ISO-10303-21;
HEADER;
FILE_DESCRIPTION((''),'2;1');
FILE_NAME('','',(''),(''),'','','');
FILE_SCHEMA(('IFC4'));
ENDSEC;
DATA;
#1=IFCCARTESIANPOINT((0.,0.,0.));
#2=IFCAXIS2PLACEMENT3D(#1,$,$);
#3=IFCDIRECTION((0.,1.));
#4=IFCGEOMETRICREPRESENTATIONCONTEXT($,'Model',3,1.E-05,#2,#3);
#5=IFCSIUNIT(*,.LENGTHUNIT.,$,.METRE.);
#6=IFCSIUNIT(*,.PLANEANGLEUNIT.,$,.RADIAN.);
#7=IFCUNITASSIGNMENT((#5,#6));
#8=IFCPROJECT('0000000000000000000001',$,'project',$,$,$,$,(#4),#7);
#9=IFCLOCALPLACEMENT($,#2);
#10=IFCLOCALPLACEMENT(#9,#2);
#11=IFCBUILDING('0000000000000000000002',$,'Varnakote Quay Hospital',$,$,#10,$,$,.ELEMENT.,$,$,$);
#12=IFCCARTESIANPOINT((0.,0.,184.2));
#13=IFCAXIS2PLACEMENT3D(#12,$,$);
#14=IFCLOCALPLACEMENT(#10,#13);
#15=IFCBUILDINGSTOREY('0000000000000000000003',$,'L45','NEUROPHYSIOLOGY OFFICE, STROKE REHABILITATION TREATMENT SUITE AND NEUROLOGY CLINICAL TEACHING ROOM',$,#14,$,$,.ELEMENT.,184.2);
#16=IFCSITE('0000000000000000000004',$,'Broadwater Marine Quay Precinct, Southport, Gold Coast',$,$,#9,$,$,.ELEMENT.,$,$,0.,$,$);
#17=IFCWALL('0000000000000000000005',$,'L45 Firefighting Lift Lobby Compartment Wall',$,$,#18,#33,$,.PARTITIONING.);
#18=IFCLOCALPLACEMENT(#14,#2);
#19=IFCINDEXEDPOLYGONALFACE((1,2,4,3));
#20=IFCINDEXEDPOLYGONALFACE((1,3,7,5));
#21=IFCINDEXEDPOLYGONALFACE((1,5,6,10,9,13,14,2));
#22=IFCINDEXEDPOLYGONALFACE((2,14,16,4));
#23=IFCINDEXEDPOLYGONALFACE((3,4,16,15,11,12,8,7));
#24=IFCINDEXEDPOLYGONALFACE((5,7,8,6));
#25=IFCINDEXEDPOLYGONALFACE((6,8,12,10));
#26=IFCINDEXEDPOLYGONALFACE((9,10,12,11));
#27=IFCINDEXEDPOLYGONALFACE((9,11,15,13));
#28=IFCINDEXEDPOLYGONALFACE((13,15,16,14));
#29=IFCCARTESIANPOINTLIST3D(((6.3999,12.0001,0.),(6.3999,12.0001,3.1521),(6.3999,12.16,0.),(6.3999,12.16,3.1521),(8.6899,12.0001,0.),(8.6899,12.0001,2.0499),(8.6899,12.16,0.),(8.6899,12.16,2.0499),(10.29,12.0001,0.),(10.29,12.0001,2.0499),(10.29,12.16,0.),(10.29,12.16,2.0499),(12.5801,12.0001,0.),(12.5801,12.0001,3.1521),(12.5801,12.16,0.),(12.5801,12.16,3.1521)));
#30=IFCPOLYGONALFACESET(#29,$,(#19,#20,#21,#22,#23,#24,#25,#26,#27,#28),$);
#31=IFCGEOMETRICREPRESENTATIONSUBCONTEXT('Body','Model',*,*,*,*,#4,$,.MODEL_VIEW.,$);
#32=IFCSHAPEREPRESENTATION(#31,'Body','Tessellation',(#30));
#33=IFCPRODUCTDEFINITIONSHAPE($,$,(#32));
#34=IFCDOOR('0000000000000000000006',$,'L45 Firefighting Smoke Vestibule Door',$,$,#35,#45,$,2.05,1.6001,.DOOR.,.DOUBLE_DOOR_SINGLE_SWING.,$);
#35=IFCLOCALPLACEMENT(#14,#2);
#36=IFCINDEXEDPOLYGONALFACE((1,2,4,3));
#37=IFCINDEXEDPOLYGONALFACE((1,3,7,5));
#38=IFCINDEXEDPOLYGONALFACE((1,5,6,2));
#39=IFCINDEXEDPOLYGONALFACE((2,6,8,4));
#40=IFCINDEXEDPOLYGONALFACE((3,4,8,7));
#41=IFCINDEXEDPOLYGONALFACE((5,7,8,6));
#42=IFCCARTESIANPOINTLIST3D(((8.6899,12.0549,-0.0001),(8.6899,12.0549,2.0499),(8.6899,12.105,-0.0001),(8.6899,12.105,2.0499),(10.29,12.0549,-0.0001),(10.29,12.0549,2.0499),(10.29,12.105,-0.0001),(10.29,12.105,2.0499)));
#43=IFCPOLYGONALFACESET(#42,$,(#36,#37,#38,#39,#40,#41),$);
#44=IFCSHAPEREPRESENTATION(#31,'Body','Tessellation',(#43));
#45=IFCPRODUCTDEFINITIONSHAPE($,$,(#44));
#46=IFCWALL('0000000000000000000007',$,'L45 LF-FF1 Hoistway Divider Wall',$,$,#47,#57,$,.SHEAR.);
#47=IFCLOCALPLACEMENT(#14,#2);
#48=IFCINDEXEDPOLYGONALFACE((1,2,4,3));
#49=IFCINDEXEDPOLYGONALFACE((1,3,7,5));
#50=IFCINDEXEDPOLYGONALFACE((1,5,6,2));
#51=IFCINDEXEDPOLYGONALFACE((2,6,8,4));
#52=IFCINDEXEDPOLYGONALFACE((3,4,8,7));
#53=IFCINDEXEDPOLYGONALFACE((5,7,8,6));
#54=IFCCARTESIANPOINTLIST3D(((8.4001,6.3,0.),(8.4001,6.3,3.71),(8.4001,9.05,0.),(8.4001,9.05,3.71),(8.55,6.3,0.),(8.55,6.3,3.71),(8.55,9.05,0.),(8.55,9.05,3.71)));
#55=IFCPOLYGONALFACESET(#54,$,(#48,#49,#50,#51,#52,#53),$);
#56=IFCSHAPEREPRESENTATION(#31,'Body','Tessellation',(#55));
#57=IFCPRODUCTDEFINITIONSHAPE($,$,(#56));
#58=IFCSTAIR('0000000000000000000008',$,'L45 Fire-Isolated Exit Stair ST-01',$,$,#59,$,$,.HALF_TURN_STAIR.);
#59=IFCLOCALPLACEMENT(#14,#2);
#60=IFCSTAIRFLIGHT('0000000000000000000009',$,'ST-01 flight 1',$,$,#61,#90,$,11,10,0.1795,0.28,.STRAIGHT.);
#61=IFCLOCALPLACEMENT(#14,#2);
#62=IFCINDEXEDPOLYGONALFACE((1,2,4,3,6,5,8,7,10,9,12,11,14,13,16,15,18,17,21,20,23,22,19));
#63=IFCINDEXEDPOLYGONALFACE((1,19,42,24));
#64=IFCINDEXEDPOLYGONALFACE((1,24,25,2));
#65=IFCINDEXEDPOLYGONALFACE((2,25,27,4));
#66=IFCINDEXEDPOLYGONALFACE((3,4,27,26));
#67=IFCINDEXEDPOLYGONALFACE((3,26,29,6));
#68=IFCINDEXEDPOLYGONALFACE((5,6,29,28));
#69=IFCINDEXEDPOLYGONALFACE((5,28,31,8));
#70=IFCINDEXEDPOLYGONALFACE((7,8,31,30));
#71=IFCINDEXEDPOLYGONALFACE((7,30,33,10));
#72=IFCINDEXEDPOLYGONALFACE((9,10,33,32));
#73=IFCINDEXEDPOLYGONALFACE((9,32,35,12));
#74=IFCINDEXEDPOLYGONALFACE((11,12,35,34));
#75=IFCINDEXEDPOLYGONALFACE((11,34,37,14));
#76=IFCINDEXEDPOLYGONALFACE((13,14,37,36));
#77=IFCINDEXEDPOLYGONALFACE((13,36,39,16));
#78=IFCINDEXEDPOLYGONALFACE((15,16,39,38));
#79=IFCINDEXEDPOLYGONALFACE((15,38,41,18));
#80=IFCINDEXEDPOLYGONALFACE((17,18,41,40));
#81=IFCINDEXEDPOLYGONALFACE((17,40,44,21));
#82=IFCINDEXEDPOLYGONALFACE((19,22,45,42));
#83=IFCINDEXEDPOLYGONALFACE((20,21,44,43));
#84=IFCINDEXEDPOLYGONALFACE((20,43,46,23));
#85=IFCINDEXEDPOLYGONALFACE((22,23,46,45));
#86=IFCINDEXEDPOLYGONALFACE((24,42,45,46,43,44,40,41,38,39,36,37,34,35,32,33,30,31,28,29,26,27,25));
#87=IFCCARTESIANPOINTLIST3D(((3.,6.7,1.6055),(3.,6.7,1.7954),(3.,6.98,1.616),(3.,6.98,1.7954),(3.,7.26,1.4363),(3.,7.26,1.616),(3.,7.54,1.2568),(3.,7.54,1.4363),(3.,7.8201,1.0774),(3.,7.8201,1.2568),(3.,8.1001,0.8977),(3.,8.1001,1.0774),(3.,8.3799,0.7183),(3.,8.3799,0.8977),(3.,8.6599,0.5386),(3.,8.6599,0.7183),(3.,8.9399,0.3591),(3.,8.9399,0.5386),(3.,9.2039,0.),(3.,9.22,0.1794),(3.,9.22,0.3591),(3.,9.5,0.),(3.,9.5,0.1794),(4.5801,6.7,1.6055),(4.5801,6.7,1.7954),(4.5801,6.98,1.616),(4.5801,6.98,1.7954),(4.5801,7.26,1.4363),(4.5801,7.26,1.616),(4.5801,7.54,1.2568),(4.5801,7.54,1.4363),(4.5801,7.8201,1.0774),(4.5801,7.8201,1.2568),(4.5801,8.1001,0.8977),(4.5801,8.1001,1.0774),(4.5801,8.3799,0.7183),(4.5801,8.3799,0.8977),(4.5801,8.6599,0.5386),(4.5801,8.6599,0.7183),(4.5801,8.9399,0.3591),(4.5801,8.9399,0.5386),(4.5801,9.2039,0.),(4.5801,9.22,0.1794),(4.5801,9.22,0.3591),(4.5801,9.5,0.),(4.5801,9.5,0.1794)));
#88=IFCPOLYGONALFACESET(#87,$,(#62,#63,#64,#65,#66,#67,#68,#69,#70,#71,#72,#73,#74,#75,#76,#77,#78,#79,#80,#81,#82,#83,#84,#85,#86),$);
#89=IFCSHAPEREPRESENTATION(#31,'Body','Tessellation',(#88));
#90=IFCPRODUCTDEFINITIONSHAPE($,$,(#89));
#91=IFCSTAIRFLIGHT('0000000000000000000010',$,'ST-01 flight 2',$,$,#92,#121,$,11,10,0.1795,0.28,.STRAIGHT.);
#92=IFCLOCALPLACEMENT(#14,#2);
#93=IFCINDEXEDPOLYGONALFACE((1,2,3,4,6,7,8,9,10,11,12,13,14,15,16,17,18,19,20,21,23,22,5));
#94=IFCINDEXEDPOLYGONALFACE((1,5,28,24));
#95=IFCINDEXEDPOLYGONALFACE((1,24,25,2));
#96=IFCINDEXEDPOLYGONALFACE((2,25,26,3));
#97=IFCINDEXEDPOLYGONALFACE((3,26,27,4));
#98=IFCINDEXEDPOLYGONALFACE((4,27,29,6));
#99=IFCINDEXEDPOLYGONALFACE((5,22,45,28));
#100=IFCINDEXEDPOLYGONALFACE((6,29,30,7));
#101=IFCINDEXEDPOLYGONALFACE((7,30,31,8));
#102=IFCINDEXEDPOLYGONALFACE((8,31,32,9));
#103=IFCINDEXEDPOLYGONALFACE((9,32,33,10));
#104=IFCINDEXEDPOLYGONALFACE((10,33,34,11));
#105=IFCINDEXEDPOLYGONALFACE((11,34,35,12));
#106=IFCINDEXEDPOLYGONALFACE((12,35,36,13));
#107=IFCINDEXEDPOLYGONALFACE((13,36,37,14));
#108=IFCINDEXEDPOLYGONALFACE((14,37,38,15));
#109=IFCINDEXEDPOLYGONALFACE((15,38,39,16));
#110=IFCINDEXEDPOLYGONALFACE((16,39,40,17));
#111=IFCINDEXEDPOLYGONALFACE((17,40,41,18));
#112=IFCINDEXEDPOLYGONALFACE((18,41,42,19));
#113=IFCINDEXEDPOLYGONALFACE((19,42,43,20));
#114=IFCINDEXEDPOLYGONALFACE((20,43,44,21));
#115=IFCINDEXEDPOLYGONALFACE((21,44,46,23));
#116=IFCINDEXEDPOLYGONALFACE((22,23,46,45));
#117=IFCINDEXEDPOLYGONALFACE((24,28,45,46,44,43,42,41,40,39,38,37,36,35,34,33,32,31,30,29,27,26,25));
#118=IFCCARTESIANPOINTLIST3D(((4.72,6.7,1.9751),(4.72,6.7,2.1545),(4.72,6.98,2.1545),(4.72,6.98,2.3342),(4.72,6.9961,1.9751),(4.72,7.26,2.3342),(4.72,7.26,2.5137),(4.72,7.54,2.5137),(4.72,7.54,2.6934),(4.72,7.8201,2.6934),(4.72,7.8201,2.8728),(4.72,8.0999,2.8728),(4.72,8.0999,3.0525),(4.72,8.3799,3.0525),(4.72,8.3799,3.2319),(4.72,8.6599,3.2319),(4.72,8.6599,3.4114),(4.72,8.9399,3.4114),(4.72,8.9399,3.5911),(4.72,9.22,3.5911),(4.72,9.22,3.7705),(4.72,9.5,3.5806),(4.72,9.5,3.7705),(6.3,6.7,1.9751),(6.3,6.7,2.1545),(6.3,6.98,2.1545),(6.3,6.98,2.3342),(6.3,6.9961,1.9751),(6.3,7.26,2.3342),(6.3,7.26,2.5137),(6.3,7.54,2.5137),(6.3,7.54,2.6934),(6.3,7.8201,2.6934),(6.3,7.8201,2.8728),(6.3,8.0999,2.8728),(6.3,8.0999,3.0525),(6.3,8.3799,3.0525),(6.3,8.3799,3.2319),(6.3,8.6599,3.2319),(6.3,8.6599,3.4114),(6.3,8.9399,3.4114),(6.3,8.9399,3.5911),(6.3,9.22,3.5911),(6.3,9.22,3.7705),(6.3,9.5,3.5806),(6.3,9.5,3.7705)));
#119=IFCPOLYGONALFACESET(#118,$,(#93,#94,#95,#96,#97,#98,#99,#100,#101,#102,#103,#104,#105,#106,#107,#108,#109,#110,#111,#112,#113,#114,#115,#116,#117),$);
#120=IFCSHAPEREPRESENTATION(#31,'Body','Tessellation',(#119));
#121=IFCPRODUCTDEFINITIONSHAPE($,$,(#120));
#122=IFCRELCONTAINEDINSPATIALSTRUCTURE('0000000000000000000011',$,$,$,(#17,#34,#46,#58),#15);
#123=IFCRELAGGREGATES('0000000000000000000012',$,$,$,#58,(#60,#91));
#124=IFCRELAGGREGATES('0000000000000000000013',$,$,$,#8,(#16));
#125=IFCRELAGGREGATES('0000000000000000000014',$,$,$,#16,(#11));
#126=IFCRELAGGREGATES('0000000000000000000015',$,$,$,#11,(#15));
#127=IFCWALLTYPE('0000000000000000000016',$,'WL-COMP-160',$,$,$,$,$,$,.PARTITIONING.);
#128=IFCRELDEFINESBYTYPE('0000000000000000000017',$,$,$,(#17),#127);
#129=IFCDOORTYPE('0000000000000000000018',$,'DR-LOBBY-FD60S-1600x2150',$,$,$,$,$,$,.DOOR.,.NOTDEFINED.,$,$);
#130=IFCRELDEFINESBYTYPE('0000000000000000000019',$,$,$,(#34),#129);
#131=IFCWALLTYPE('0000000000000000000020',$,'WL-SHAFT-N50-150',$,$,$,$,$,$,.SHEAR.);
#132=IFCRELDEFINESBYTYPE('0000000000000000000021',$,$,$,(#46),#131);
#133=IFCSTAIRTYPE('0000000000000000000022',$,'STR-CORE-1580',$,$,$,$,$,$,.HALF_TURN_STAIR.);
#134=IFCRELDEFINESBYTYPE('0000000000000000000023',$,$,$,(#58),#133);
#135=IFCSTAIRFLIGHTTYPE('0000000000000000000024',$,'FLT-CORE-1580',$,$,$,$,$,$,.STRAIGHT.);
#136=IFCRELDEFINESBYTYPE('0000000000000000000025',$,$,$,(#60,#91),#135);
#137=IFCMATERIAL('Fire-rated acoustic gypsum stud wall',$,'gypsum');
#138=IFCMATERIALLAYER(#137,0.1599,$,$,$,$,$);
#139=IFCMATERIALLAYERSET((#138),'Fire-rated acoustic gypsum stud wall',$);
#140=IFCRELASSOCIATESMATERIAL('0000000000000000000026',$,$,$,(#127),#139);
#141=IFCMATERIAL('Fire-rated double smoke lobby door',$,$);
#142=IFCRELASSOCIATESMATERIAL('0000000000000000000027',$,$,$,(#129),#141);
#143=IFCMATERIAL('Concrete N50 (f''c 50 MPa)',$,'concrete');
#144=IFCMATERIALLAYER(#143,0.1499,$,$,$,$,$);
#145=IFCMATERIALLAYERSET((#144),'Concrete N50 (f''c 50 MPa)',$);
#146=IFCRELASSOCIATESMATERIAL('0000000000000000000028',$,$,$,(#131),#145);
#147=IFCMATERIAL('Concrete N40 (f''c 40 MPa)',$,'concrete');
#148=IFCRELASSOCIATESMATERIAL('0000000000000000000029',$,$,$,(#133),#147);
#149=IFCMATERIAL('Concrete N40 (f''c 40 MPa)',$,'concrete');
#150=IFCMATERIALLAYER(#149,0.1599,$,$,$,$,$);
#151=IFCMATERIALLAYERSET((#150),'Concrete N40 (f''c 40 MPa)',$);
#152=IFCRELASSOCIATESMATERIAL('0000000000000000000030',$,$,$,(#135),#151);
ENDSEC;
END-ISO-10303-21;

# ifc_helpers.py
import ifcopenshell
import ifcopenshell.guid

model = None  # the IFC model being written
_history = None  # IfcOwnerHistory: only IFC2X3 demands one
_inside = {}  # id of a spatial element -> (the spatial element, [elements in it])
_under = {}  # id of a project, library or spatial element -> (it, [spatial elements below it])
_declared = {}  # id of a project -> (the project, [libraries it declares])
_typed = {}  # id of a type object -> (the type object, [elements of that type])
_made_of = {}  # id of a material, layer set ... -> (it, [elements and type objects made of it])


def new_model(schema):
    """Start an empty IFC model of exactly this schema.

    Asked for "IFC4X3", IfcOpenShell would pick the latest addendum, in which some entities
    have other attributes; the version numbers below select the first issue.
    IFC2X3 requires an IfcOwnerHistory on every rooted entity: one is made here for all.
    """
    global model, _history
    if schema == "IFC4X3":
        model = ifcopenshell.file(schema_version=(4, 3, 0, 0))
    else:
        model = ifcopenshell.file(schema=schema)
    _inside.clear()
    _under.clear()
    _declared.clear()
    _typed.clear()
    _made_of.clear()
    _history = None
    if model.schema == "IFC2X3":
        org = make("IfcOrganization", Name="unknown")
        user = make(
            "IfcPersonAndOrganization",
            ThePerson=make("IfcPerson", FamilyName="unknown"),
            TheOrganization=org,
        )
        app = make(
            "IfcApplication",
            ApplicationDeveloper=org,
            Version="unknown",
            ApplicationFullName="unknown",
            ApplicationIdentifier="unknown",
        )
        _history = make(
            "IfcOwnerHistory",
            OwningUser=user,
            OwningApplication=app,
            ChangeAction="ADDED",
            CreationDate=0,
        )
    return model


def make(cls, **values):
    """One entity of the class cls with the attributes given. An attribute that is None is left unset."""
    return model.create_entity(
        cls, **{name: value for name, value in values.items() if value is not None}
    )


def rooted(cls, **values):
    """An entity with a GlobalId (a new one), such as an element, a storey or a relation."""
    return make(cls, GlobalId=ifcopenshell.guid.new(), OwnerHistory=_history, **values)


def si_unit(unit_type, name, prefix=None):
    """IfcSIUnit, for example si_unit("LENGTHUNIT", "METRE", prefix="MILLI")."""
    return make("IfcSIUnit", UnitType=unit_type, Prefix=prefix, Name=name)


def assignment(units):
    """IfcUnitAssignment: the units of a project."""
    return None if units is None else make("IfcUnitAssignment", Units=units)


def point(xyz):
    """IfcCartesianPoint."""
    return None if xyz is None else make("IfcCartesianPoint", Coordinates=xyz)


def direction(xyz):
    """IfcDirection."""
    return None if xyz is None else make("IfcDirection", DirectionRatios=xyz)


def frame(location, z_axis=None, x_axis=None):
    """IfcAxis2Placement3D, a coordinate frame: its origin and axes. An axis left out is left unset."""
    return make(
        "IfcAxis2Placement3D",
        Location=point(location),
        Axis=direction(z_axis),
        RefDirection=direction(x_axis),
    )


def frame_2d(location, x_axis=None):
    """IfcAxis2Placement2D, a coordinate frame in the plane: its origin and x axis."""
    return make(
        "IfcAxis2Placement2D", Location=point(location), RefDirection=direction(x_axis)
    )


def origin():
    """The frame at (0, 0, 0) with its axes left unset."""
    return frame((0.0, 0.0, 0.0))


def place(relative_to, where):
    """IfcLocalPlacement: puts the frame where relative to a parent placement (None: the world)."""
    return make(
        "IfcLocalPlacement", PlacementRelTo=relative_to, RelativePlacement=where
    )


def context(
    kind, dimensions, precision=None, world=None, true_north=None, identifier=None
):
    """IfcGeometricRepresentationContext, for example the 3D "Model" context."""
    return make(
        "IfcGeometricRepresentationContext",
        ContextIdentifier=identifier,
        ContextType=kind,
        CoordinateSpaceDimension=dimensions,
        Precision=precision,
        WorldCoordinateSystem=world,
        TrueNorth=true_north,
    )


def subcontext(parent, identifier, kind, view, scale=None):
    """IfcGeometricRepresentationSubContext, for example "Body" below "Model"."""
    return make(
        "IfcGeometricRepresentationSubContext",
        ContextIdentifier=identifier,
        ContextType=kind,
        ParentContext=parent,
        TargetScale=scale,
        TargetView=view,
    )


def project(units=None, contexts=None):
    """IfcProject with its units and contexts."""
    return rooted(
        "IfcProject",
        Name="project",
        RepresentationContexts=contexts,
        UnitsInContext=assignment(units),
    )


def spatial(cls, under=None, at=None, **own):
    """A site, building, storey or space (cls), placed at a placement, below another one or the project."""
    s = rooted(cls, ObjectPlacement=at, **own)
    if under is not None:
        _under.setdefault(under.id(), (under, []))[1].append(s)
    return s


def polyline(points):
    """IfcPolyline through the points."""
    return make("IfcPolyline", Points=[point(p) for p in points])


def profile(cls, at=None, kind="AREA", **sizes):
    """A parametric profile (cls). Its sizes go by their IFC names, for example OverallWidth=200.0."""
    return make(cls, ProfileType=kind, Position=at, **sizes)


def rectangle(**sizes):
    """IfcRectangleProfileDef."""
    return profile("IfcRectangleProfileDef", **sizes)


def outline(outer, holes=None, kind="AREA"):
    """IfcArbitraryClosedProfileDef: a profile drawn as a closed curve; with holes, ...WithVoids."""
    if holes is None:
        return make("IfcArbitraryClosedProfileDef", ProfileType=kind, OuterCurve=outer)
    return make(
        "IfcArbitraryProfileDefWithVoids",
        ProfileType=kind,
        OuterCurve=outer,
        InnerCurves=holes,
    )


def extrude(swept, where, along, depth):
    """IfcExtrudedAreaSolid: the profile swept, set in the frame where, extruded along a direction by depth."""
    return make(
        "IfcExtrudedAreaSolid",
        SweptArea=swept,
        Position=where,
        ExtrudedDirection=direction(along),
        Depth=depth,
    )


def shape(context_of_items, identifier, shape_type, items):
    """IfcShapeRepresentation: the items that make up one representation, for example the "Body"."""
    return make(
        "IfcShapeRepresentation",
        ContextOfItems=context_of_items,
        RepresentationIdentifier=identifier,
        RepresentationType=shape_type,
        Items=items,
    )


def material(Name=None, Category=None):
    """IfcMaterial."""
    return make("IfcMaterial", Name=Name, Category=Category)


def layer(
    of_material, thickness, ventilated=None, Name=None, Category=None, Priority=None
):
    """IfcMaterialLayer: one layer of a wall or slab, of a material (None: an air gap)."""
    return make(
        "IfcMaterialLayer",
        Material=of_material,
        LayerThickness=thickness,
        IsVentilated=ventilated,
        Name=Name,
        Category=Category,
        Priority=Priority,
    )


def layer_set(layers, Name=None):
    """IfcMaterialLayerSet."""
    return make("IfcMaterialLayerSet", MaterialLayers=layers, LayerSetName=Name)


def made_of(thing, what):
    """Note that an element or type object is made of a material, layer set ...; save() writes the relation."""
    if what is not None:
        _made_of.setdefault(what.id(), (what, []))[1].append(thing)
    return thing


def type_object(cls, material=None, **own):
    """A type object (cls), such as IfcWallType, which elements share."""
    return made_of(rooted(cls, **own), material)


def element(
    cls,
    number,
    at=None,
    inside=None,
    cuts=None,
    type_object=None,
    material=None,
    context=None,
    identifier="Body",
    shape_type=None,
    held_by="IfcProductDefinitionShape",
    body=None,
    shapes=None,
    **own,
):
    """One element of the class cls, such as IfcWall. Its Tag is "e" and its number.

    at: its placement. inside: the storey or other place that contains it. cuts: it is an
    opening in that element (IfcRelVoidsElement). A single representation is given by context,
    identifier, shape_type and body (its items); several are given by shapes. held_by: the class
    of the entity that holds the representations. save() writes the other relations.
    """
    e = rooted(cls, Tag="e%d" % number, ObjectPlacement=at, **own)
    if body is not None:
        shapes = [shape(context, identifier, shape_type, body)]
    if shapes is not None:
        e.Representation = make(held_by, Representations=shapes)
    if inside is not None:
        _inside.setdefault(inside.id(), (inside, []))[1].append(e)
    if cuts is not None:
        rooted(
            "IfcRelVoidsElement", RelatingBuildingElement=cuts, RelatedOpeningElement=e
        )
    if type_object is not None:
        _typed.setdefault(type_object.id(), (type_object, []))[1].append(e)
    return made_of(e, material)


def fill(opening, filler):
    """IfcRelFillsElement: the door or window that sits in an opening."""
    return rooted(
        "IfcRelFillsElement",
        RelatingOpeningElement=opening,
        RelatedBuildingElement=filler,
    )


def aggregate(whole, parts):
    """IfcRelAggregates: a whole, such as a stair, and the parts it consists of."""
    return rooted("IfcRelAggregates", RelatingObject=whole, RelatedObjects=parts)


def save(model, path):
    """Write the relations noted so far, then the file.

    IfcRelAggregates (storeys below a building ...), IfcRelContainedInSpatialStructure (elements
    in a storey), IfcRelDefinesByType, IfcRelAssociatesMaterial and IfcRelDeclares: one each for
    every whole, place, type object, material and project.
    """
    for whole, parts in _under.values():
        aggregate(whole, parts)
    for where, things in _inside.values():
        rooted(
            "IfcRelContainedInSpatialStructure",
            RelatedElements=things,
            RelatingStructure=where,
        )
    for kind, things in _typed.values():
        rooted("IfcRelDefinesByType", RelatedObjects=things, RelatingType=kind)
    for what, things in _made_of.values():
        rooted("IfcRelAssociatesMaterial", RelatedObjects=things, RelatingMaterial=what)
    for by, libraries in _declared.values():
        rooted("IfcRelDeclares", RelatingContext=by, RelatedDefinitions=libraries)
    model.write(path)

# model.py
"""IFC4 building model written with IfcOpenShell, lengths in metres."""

from ifc_helpers import new_model, si_unit, direction, frame, frame_2d, origin, place, context, subcontext, project, spatial, polyline, rectangle, outline, extrude, material, layer, layer_set, type_object, element, fill, aggregate, save


model = new_model("IFC4")

# Units and contexts
model_context = context("Model", 3, precision=1e-05, world=origin(), true_north=direction((0.0, 1.0)))
body_context = subcontext(model_context, "Body", "Model", "MODEL_VIEW")
ifc_project = project(units=[si_unit("LENGTHUNIT", "METRE"), si_unit("PLANEANGLEUNIT", "RADIAN")], contexts=[model_context])

# Site, building, storey
site_placement = place(None, origin())
site = spatial("IfcSite", under=ifc_project, at=site_placement, Name="Broadwater Marine Quay Precinct, Southport, Gold Coast", CompositionType="ELEMENT", RefElevation=0.0)
building_placement = place(site_placement, origin())
building = spatial("IfcBuilding", under=site, at=building_placement, Name="Varnakote Quay Hospital", CompositionType="ELEMENT")
storey_placement = place(building_placement, frame((0.0, 0.0, 184.2)))
storey = spatial("IfcBuildingStorey", under=building, at=storey_placement, Name="L45", Description="NEUROPHYSIOLOGY OFFICE, STROKE REHABILITATION TREATMENT SUITE AND NEUROLOGY CLINICAL TEACHING ROOM", CompositionType="ELEMENT", Elevation=184.2)

# Shared definitions
ifc_material_1 = material(Name="Fire-rated acoustic gypsum stud wall", Category="gypsum")
ifc_layer_1 = layer(ifc_material_1, 0.1599)
ifc_layer_set_1 = layer_set([ifc_layer_1], Name="Fire-rated acoustic gypsum stud wall")
wall_type_1 = type_object("IfcWallType", Name="WL-COMP-160", PredefinedType="PARTITIONING", material=ifc_layer_set_1)

# Shared definitions
ifc_material_2 = material(Name="Fire-rated double smoke lobby door")
door_type_1 = type_object("IfcDoorType", Name="DR-LOBBY-FD60S-1600x2150", OperationType="NOTDEFINED", PredefinedType="DOOR", material=ifc_material_2)

# Wall, opening, door
wall_1_placement = place(storey_placement, frame((6.3999, 12.0801, 0.0), z_axis=(0.0, 0.0, 1.0), x_axis=(1.0, 0.0, 0.0)))
wall_1 = element("IfcWall", 1, at=wall_1_placement, inside=storey, type_object=wall_type_1, Name="L45 Firefighting Lift Lobby Compartment Wall", PredefinedType="PARTITIONING", context=body_context, shape_type="SweptSolid", body=[
    extrude(rectangle(XDim=6.1802, YDim=0.1599, at=frame_2d((3.0901, 0.0))), origin(), (0.0, 0.0, 1.0), 3.1521),
])
opening_1_placement = place(wall_1_placement, frame((2.29, 0.0, 0.0)))
opening_1 = element("IfcOpeningElement", 2, at=opening_1_placement, cuts=wall_1, PredefinedType="OPENING", context=body_context, shape_type="SweptSolid", body=[
    extrude(rectangle(XDim=1.6001, YDim=2.05, at=frame_2d((0.8, 1.0249))), frame((0.0, 0.0898, 0.0), z_axis=(0.0, -1.0, 0.0), x_axis=(1.0, 0.0, 0.0)), (0.0, 0.0, 1.0), 0.1799),
])
door_1_placement = place(opening_1_placement, origin())
door_1 = element("IfcDoor", 3, at=door_1_placement, inside=storey, type_object=door_type_1, Name="L45 Firefighting Smoke Vestibule Door", OperationType="DOUBLE_DOOR_SINGLE_SWING", OverallHeight=2.05, OverallWidth=1.6001, PredefinedType="DOOR", context=body_context, shape_type="SweptSolid", body=[
    extrude(rectangle(XDim=1.6001, YDim=2.05, at=frame_2d((0.8, 1.0249))), frame((0.0, 0.0249, 0.0), z_axis=(0.0, -1.0, 0.0), x_axis=(1.0, 0.0, 0.0)), (0.0, 0.0, 1.0), 0.05),
])
fill(opening_1, door_1)

# Wall
ifc_material_3 = material(Name="Concrete N50 (f'c 50 MPa)", Category="concrete")
ifc_layer_2 = layer(ifc_material_3, 0.1499)
ifc_layer_set_2 = layer_set([ifc_layer_2], Name="Concrete N50 (f'c 50 MPa)")
wall_type_2 = type_object("IfcWallType", Name="WL-SHAFT-N50-150", PredefinedType="SHEAR", material=ifc_layer_set_2)
wall_2_placement = place(storey_placement, frame((8.4751, 6.3, 0.0), z_axis=(0.0, 0.0, 1.0), x_axis=(0.0, 1.0, 0.0)))
element("IfcWall", 4, at=wall_2_placement, inside=storey, type_object=wall_type_2, Name="L45 LF-FF1 Hoistway Divider Wall", PredefinedType="SHEAR", context=body_context, shape_type="SweptSolid", body=[
    extrude(rectangle(XDim=2.75, YDim=0.1499, at=frame_2d((1.375, 0.0))), origin(), (0.0, 0.0, 1.0), 3.71),
])

# Stair, stair flights
ifc_material_4 = material(Name="Concrete N40 (f'c 40 MPa)", Category="concrete")
stair_type = type_object("IfcStairType", Name="STR-CORE-1580", PredefinedType="HALF_TURN_STAIR", material=ifc_material_4)
stair_placement = place(storey_placement, origin())
stair = element("IfcStair", 5, at=stair_placement, inside=storey, type_object=stair_type, Name="L45 Fire-Isolated Exit Stair ST-01", PredefinedType="HALF_TURN_STAIR")
ifc_material_5 = material(Name="Concrete N40 (f'c 40 MPa)", Category="concrete")
ifc_layer_3 = layer(ifc_material_5, 0.1599)
ifc_layer_set_3 = layer_set([ifc_layer_3], Name="Concrete N40 (f'c 40 MPa)")
stair_flight_type = type_object("IfcStairFlightType", Name="FLT-CORE-1580", PredefinedType="STRAIGHT", material=ifc_layer_set_3)
stair_flight_1_placement = place(storey_placement, frame((3.79, 9.5, 0.0), z_axis=(0.0, 0.0, 1.0), x_axis=(0.0, -1.0, 0.0)))
stair_flight_1 = element("IfcStairFlight", 6, at=stair_flight_1_placement, type_object=stair_flight_type, Name="ST-01 flight 1", NumberOfRisers=11, NumberOfTreads=10, PredefinedType="STRAIGHT", RiserHeight=0.1795, TreadLength=0.28, context=body_context, shape_type="SweptSolid", body=[
    extrude(outline(polyline([(0.0, 0.0), (0.0, 0.1794), (0.28, 0.1794), (0.28, 0.3591), (0.5601, 0.3591), (0.5601, 0.5386), (0.8401, 0.5386), (0.8401, 0.7183), (1.1201, 0.7183), (1.1201, 0.8977), (1.3999, 0.8977), (1.3999, 1.0774), (1.6799, 1.0774), (1.6799, 1.2568), (1.96, 1.2568), (1.96, 1.4363), (2.24, 1.4363), (2.24, 1.616), (2.52, 1.616), (2.52, 1.7954), (2.8, 1.7954), (2.8, 1.9751), (2.8, 1.6055), (0.2961, 0.0), (0.0, 0.0)])), frame((0.0, 0.79, 0.0), z_axis=(0.0, -1.0, 0.0), x_axis=(1.0, 0.0, 0.0)), (0.0, 0.0, 1.0), 1.5801),
])
stair_flight_2_placement = place(storey_placement, frame((5.51, 6.7, 1.9751), z_axis=(0.0, 0.0, 1.0), x_axis=(0.0, 1.0, 0.0)))
stair_flight_2 = element("IfcStairFlight", 7, at=stair_flight_2_placement, type_object=stair_flight_type, Name="ST-01 flight 2", NumberOfRisers=11, NumberOfTreads=10, PredefinedType="STRAIGHT", RiserHeight=0.1795, TreadLength=0.28, context=body_context, shape_type="SweptSolid", body=[
    extrude(outline(polyline([(0.0, 0.0), (0.0, 0.1794), (0.28, 0.1794), (0.28, 0.3591), (0.5601, 0.3591), (0.5601, 0.5386), (0.8401, 0.5386), (0.8401, 0.7183), (1.1201, 0.7183), (1.1201, 0.8977), (1.3999, 0.8977), (1.3999, 1.0774), (1.6799, 1.0774), (1.6799, 1.2568), (1.96, 1.2568), (1.96, 1.4363), (2.24, 1.4363), (2.24, 1.616), (2.52, 1.616), (2.52, 1.7954), (2.8, 1.7954), (2.8, 1.9751), (2.8, 1.6055), (0.2961, 0.0), (0.0, 0.0)])), frame((0.0, 0.79, 0.0), z_axis=(0.0, -1.0, 0.0), x_axis=(1.0, 0.0, 0.0)), (0.0, 0.0, 1.0), 1.5801),
])
aggregate(stair, [stair_flight_1, stair_flight_2])

save(model, "model.ifc")
